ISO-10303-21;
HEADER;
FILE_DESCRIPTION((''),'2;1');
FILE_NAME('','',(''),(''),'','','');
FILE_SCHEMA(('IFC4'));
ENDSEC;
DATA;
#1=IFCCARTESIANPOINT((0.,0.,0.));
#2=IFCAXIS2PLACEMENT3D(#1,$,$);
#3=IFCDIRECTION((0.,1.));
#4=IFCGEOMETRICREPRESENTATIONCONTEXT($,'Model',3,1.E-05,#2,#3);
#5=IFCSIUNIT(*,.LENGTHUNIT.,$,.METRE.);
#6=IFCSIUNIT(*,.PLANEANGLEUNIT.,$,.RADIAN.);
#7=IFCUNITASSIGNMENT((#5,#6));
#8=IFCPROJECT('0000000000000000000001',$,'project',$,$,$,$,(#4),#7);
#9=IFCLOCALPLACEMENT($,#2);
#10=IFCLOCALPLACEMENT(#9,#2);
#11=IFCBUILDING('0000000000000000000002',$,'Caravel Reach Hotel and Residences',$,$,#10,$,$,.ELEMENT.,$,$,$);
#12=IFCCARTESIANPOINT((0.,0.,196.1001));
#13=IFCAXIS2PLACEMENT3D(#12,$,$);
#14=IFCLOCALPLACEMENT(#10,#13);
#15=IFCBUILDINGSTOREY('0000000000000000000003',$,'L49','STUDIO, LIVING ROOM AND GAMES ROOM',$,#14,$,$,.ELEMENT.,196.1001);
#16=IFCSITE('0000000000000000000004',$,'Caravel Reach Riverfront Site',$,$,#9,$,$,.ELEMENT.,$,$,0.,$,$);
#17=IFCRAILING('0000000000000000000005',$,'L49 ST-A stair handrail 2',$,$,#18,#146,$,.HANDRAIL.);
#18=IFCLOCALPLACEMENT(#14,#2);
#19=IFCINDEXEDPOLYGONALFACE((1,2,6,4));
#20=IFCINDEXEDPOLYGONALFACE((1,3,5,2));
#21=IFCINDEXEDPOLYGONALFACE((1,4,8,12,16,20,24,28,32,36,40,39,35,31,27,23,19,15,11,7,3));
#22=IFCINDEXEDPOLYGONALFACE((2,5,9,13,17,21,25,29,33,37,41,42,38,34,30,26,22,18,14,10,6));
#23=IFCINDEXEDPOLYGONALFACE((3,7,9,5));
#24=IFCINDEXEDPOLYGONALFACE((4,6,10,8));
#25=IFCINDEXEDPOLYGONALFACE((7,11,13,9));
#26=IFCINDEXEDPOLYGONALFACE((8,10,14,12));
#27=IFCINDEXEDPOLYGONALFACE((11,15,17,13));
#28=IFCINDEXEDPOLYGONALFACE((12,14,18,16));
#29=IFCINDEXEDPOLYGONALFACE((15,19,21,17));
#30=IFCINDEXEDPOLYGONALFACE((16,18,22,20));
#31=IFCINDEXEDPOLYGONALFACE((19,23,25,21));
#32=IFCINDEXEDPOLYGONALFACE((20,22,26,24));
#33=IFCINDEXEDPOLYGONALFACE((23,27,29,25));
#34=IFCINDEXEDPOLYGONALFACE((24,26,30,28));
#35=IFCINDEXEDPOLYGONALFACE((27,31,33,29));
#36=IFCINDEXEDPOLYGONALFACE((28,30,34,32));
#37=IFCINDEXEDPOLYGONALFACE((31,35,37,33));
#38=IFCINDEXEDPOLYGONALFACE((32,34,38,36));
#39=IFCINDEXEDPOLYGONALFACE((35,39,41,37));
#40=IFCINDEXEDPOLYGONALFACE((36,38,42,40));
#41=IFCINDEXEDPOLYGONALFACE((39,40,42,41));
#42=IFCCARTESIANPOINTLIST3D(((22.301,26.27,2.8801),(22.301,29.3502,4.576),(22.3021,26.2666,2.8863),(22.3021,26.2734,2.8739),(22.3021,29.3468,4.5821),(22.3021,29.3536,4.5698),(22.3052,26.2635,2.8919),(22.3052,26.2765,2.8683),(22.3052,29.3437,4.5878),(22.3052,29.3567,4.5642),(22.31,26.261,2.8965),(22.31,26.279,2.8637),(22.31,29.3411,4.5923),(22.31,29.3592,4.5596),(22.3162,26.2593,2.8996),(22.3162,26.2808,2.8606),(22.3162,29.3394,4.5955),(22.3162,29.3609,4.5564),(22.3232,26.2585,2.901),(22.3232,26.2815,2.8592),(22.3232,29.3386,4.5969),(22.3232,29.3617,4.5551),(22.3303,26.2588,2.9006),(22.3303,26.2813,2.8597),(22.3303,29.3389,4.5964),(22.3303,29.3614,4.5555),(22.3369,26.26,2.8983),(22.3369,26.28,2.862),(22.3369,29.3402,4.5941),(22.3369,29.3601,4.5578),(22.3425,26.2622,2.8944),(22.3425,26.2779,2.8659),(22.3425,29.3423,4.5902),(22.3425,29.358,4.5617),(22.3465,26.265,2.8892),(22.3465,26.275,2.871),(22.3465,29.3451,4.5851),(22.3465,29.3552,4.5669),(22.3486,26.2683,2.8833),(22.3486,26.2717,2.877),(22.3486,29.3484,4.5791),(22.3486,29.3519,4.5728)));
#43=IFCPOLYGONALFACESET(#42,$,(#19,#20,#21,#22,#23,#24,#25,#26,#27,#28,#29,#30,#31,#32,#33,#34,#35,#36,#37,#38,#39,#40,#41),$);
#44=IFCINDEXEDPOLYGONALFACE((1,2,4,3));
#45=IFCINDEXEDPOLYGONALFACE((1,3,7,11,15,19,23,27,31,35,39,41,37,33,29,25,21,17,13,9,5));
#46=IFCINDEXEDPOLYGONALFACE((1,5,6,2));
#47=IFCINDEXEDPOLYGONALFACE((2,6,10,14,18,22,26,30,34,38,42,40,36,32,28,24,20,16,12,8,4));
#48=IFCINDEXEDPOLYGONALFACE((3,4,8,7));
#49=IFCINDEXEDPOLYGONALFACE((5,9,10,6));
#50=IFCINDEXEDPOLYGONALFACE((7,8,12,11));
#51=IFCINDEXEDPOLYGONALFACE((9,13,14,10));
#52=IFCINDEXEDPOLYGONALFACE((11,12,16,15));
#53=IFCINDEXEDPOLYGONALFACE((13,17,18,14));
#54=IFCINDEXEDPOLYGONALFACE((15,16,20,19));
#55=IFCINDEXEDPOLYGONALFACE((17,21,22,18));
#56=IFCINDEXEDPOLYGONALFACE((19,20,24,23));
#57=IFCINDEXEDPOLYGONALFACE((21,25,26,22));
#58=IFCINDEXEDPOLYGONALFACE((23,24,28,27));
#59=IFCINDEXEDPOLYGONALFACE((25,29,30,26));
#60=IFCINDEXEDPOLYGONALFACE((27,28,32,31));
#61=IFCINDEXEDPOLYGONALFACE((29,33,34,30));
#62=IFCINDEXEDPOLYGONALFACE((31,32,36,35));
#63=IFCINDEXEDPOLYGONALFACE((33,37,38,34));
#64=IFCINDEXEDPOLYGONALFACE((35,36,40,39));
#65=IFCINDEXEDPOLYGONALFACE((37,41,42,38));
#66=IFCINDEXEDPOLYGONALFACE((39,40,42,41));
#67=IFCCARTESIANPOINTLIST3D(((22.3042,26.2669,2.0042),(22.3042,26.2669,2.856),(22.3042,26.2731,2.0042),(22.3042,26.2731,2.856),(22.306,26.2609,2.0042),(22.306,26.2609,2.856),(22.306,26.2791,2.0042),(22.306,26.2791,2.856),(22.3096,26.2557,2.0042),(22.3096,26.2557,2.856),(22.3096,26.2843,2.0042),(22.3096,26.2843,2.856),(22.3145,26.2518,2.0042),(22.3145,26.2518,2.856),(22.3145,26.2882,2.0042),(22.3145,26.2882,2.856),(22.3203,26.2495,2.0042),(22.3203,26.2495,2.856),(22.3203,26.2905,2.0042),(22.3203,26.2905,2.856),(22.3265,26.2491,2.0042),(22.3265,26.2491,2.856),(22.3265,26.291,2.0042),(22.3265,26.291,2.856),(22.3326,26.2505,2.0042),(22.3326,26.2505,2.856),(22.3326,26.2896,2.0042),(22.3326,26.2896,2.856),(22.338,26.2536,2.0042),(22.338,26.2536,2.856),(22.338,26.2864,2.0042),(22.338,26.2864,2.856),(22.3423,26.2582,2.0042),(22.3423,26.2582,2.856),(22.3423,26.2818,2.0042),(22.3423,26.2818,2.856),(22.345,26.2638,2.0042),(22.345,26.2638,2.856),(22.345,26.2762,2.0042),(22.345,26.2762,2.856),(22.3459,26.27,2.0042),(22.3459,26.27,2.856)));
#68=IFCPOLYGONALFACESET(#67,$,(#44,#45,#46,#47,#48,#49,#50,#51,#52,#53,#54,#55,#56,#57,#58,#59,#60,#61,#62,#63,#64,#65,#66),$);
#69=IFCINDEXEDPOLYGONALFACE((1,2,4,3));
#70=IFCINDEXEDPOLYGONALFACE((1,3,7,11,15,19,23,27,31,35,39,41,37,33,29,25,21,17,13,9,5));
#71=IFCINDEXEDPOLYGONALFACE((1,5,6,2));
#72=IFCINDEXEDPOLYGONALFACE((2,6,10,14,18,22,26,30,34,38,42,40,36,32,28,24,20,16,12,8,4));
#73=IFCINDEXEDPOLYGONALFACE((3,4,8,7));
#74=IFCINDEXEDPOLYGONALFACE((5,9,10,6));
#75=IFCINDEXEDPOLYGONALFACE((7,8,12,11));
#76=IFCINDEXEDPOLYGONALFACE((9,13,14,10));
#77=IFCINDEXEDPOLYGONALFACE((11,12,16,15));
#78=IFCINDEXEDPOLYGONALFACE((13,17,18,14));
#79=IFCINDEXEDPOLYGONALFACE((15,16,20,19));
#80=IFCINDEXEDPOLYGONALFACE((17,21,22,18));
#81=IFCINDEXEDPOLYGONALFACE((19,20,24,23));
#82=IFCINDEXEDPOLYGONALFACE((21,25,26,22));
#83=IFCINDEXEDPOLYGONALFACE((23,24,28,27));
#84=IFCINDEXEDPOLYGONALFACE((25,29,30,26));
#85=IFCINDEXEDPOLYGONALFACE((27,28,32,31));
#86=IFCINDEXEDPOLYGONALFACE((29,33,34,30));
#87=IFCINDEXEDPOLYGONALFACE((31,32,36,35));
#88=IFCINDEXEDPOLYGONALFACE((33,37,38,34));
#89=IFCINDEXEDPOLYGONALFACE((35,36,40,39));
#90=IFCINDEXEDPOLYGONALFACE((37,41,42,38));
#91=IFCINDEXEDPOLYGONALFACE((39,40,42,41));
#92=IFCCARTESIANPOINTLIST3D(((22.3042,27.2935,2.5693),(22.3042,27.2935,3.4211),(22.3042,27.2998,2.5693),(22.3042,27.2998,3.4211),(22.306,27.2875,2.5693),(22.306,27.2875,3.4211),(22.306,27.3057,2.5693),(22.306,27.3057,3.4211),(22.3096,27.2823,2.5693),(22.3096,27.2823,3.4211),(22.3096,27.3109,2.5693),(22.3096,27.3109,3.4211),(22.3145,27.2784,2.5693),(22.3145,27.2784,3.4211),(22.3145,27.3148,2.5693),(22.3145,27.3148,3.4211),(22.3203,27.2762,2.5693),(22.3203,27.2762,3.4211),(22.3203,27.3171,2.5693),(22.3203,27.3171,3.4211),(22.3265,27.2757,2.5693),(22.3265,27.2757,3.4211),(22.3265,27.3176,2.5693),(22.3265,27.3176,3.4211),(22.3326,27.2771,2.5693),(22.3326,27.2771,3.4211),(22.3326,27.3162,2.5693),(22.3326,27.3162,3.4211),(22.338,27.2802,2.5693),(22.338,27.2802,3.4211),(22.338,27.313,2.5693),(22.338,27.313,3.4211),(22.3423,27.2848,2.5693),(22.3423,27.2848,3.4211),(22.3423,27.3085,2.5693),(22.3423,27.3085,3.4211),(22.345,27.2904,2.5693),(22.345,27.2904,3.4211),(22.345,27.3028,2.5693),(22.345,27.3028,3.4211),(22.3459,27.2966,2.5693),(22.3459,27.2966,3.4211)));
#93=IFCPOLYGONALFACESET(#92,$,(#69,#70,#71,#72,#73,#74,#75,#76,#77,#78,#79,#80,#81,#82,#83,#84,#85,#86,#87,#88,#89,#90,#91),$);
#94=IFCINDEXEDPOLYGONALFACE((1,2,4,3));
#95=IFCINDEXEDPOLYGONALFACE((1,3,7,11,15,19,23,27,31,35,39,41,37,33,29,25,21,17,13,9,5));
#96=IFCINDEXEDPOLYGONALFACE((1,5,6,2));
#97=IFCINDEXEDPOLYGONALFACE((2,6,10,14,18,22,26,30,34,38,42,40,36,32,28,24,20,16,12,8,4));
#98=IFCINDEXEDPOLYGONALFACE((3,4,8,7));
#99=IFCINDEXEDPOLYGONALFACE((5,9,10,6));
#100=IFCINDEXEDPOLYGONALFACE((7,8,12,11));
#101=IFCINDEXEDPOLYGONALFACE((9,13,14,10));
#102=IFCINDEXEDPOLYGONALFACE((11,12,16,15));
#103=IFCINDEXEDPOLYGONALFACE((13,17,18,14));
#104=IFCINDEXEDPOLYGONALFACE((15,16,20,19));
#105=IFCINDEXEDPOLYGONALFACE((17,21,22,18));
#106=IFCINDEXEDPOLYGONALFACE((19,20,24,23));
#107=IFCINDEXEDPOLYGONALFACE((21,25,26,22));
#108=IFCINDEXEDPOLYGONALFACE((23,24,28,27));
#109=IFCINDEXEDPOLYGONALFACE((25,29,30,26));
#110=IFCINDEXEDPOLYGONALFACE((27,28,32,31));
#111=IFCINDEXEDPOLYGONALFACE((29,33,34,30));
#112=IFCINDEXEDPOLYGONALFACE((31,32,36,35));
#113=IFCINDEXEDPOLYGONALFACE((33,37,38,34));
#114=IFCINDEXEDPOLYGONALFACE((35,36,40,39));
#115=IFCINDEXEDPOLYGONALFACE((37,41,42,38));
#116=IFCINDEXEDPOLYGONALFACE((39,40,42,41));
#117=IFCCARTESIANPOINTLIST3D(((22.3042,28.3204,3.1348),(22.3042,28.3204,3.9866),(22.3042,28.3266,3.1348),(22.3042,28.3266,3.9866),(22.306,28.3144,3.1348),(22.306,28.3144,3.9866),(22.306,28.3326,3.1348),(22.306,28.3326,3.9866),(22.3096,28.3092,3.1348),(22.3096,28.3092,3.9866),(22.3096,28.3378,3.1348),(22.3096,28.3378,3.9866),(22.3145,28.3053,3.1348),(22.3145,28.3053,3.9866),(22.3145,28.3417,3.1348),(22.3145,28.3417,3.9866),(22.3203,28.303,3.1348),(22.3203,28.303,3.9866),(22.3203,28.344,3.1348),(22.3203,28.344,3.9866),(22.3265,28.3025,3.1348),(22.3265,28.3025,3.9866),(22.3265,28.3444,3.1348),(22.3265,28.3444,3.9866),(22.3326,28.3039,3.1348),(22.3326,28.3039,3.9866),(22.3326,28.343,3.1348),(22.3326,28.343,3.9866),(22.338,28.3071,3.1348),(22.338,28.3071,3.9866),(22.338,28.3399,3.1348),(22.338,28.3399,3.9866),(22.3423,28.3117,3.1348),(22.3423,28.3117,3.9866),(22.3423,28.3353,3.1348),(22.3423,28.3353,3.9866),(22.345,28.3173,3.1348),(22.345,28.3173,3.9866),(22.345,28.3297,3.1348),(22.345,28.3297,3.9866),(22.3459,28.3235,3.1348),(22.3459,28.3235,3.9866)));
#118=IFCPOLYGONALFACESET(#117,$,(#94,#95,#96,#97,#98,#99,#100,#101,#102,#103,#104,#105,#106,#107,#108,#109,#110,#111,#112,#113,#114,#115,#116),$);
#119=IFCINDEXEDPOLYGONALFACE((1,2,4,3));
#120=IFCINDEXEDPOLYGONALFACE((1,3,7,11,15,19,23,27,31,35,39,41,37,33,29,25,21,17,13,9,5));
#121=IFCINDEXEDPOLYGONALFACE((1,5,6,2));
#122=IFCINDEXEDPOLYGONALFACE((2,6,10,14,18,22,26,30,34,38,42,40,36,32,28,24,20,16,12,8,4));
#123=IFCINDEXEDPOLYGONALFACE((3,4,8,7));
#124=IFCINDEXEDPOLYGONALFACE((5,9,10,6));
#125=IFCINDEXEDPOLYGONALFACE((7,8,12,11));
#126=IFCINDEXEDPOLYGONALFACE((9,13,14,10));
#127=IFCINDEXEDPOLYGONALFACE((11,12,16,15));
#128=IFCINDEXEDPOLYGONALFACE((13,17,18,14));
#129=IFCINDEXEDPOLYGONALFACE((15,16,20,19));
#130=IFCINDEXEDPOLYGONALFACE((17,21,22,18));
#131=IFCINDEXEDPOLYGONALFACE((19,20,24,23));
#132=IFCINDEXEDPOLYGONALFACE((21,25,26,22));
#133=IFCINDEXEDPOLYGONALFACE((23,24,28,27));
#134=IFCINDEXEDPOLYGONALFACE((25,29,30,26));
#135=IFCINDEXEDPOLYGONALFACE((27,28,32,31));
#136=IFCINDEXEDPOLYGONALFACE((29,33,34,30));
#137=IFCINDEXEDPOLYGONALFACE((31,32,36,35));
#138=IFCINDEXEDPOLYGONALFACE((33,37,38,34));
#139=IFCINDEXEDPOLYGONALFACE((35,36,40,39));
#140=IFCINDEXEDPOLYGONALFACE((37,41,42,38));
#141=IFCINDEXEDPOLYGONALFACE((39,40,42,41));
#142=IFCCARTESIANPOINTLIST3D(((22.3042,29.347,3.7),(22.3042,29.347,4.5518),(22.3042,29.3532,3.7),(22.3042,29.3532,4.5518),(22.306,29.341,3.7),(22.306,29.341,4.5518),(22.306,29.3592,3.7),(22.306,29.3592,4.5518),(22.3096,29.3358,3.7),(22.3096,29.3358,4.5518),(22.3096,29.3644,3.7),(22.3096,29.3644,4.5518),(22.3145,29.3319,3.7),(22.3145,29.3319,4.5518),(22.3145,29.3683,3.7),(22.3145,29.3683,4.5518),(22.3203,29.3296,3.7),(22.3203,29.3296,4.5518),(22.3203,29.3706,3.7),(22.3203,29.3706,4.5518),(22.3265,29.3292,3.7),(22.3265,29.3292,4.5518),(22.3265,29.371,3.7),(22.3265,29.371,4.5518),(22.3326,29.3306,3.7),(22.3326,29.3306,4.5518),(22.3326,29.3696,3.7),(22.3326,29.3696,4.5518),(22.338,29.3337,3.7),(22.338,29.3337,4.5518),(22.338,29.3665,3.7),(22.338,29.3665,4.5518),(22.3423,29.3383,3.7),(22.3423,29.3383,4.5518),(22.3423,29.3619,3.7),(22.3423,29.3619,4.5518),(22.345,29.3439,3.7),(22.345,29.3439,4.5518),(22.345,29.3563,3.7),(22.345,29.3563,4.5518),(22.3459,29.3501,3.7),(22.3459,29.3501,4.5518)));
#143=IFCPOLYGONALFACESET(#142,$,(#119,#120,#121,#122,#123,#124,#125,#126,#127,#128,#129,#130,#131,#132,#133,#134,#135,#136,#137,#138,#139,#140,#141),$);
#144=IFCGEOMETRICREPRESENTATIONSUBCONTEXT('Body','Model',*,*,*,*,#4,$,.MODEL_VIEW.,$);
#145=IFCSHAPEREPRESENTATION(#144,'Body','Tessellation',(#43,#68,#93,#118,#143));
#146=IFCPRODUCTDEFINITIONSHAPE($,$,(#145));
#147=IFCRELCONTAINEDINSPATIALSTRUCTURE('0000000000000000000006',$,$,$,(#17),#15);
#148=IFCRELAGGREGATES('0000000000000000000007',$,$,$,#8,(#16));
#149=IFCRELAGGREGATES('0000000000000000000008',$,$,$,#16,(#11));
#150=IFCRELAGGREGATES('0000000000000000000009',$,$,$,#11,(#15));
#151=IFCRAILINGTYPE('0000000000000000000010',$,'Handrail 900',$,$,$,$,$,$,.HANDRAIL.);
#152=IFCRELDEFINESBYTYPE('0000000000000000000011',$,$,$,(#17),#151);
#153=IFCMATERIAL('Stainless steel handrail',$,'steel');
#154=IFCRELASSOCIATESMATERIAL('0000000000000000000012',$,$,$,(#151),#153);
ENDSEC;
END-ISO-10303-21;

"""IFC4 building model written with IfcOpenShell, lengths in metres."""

from ifc_helpers import new_model, si_unit, direction, frame, origin, origin_2d, place, context, subcontext, project, spatial, circle, extrude, material, type_object, element, save


model = new_model("IFC4")

# Units and contexts
model_context = context("Model", 3, precision=1e-05, world=origin(), true_north=direction((0.0, 1.0)))
body_context = subcontext(model_context, "Body", "Model", "MODEL_VIEW")
ifc_project = project(units=[si_unit("LENGTHUNIT", "METRE"), si_unit("PLANEANGLEUNIT", "RADIAN")], contexts=[model_context])

# Site, building, storey
site_placement = place(None, origin())
site = spatial("IfcSite", under=ifc_project, at=site_placement, Name="Caravel Reach Riverfront Site", CompositionType="ELEMENT", RefElevation=0.0)
building_placement = place(site_placement, origin())
building = spatial("IfcBuilding", under=site, at=building_placement, Name="Caravel Reach Hotel and Residences", CompositionType="ELEMENT")
storey_placement = place(building_placement, frame((0.0, 0.0, 196.1001)))
storey = spatial("IfcBuildingStorey", under=building, at=storey_placement, Name="L49", Description="STUDIO, LIVING ROOM AND GAMES ROOM", CompositionType="ELEMENT", Elevation=196.1001)

# Railing
ifc_material_1 = material(Name="Stainless steel handrail", Category="steel")
railing_type_1 = type_object("IfcRailingType", Name="Handrail 900", PredefinedType="HANDRAIL", material=ifc_material_1)
railing_1_placement = place(storey_placement, frame((22.325, 26.27, 2.0042)))
element("IfcRailing", 1, at=railing_1_placement, inside=storey, type_object=railing_type_1, Name="L49 ST-A stair handrail 2", PredefinedType="HANDRAIL", context=body_context, shape_type="SweptSolid", body=[
    extrude(circle(Radius=0.0239, at=origin_2d()), frame((0.0, 0.0, 0.876), z_axis=(0.0, 0.876005, 0.482303), x_axis=(-1.0, 0.0, 0.0)), (0.0, 0.0, 1.0), 3.5161),
    extrude(circle(Radius=0.021, at=origin_2d()), origin(), (0.0, 0.0, 1.0), 0.8518),
    extrude(circle(Radius=0.021, at=origin_2d()), frame((0.0, 1.0266, 0.5652)), (0.0, 0.0, 1.0), 0.8518),
    extrude(circle(Radius=0.021, at=origin_2d()), frame((0.0, 2.0535, 1.1306)), (0.0, 0.0, 1.0), 0.8518),
    extrude(circle(Radius=0.021, at=origin_2d()), frame((0.0, 3.0801, 1.6958)), (0.0, 0.0, 1.0), 0.8518),
])

save(model, "model.ifc")
